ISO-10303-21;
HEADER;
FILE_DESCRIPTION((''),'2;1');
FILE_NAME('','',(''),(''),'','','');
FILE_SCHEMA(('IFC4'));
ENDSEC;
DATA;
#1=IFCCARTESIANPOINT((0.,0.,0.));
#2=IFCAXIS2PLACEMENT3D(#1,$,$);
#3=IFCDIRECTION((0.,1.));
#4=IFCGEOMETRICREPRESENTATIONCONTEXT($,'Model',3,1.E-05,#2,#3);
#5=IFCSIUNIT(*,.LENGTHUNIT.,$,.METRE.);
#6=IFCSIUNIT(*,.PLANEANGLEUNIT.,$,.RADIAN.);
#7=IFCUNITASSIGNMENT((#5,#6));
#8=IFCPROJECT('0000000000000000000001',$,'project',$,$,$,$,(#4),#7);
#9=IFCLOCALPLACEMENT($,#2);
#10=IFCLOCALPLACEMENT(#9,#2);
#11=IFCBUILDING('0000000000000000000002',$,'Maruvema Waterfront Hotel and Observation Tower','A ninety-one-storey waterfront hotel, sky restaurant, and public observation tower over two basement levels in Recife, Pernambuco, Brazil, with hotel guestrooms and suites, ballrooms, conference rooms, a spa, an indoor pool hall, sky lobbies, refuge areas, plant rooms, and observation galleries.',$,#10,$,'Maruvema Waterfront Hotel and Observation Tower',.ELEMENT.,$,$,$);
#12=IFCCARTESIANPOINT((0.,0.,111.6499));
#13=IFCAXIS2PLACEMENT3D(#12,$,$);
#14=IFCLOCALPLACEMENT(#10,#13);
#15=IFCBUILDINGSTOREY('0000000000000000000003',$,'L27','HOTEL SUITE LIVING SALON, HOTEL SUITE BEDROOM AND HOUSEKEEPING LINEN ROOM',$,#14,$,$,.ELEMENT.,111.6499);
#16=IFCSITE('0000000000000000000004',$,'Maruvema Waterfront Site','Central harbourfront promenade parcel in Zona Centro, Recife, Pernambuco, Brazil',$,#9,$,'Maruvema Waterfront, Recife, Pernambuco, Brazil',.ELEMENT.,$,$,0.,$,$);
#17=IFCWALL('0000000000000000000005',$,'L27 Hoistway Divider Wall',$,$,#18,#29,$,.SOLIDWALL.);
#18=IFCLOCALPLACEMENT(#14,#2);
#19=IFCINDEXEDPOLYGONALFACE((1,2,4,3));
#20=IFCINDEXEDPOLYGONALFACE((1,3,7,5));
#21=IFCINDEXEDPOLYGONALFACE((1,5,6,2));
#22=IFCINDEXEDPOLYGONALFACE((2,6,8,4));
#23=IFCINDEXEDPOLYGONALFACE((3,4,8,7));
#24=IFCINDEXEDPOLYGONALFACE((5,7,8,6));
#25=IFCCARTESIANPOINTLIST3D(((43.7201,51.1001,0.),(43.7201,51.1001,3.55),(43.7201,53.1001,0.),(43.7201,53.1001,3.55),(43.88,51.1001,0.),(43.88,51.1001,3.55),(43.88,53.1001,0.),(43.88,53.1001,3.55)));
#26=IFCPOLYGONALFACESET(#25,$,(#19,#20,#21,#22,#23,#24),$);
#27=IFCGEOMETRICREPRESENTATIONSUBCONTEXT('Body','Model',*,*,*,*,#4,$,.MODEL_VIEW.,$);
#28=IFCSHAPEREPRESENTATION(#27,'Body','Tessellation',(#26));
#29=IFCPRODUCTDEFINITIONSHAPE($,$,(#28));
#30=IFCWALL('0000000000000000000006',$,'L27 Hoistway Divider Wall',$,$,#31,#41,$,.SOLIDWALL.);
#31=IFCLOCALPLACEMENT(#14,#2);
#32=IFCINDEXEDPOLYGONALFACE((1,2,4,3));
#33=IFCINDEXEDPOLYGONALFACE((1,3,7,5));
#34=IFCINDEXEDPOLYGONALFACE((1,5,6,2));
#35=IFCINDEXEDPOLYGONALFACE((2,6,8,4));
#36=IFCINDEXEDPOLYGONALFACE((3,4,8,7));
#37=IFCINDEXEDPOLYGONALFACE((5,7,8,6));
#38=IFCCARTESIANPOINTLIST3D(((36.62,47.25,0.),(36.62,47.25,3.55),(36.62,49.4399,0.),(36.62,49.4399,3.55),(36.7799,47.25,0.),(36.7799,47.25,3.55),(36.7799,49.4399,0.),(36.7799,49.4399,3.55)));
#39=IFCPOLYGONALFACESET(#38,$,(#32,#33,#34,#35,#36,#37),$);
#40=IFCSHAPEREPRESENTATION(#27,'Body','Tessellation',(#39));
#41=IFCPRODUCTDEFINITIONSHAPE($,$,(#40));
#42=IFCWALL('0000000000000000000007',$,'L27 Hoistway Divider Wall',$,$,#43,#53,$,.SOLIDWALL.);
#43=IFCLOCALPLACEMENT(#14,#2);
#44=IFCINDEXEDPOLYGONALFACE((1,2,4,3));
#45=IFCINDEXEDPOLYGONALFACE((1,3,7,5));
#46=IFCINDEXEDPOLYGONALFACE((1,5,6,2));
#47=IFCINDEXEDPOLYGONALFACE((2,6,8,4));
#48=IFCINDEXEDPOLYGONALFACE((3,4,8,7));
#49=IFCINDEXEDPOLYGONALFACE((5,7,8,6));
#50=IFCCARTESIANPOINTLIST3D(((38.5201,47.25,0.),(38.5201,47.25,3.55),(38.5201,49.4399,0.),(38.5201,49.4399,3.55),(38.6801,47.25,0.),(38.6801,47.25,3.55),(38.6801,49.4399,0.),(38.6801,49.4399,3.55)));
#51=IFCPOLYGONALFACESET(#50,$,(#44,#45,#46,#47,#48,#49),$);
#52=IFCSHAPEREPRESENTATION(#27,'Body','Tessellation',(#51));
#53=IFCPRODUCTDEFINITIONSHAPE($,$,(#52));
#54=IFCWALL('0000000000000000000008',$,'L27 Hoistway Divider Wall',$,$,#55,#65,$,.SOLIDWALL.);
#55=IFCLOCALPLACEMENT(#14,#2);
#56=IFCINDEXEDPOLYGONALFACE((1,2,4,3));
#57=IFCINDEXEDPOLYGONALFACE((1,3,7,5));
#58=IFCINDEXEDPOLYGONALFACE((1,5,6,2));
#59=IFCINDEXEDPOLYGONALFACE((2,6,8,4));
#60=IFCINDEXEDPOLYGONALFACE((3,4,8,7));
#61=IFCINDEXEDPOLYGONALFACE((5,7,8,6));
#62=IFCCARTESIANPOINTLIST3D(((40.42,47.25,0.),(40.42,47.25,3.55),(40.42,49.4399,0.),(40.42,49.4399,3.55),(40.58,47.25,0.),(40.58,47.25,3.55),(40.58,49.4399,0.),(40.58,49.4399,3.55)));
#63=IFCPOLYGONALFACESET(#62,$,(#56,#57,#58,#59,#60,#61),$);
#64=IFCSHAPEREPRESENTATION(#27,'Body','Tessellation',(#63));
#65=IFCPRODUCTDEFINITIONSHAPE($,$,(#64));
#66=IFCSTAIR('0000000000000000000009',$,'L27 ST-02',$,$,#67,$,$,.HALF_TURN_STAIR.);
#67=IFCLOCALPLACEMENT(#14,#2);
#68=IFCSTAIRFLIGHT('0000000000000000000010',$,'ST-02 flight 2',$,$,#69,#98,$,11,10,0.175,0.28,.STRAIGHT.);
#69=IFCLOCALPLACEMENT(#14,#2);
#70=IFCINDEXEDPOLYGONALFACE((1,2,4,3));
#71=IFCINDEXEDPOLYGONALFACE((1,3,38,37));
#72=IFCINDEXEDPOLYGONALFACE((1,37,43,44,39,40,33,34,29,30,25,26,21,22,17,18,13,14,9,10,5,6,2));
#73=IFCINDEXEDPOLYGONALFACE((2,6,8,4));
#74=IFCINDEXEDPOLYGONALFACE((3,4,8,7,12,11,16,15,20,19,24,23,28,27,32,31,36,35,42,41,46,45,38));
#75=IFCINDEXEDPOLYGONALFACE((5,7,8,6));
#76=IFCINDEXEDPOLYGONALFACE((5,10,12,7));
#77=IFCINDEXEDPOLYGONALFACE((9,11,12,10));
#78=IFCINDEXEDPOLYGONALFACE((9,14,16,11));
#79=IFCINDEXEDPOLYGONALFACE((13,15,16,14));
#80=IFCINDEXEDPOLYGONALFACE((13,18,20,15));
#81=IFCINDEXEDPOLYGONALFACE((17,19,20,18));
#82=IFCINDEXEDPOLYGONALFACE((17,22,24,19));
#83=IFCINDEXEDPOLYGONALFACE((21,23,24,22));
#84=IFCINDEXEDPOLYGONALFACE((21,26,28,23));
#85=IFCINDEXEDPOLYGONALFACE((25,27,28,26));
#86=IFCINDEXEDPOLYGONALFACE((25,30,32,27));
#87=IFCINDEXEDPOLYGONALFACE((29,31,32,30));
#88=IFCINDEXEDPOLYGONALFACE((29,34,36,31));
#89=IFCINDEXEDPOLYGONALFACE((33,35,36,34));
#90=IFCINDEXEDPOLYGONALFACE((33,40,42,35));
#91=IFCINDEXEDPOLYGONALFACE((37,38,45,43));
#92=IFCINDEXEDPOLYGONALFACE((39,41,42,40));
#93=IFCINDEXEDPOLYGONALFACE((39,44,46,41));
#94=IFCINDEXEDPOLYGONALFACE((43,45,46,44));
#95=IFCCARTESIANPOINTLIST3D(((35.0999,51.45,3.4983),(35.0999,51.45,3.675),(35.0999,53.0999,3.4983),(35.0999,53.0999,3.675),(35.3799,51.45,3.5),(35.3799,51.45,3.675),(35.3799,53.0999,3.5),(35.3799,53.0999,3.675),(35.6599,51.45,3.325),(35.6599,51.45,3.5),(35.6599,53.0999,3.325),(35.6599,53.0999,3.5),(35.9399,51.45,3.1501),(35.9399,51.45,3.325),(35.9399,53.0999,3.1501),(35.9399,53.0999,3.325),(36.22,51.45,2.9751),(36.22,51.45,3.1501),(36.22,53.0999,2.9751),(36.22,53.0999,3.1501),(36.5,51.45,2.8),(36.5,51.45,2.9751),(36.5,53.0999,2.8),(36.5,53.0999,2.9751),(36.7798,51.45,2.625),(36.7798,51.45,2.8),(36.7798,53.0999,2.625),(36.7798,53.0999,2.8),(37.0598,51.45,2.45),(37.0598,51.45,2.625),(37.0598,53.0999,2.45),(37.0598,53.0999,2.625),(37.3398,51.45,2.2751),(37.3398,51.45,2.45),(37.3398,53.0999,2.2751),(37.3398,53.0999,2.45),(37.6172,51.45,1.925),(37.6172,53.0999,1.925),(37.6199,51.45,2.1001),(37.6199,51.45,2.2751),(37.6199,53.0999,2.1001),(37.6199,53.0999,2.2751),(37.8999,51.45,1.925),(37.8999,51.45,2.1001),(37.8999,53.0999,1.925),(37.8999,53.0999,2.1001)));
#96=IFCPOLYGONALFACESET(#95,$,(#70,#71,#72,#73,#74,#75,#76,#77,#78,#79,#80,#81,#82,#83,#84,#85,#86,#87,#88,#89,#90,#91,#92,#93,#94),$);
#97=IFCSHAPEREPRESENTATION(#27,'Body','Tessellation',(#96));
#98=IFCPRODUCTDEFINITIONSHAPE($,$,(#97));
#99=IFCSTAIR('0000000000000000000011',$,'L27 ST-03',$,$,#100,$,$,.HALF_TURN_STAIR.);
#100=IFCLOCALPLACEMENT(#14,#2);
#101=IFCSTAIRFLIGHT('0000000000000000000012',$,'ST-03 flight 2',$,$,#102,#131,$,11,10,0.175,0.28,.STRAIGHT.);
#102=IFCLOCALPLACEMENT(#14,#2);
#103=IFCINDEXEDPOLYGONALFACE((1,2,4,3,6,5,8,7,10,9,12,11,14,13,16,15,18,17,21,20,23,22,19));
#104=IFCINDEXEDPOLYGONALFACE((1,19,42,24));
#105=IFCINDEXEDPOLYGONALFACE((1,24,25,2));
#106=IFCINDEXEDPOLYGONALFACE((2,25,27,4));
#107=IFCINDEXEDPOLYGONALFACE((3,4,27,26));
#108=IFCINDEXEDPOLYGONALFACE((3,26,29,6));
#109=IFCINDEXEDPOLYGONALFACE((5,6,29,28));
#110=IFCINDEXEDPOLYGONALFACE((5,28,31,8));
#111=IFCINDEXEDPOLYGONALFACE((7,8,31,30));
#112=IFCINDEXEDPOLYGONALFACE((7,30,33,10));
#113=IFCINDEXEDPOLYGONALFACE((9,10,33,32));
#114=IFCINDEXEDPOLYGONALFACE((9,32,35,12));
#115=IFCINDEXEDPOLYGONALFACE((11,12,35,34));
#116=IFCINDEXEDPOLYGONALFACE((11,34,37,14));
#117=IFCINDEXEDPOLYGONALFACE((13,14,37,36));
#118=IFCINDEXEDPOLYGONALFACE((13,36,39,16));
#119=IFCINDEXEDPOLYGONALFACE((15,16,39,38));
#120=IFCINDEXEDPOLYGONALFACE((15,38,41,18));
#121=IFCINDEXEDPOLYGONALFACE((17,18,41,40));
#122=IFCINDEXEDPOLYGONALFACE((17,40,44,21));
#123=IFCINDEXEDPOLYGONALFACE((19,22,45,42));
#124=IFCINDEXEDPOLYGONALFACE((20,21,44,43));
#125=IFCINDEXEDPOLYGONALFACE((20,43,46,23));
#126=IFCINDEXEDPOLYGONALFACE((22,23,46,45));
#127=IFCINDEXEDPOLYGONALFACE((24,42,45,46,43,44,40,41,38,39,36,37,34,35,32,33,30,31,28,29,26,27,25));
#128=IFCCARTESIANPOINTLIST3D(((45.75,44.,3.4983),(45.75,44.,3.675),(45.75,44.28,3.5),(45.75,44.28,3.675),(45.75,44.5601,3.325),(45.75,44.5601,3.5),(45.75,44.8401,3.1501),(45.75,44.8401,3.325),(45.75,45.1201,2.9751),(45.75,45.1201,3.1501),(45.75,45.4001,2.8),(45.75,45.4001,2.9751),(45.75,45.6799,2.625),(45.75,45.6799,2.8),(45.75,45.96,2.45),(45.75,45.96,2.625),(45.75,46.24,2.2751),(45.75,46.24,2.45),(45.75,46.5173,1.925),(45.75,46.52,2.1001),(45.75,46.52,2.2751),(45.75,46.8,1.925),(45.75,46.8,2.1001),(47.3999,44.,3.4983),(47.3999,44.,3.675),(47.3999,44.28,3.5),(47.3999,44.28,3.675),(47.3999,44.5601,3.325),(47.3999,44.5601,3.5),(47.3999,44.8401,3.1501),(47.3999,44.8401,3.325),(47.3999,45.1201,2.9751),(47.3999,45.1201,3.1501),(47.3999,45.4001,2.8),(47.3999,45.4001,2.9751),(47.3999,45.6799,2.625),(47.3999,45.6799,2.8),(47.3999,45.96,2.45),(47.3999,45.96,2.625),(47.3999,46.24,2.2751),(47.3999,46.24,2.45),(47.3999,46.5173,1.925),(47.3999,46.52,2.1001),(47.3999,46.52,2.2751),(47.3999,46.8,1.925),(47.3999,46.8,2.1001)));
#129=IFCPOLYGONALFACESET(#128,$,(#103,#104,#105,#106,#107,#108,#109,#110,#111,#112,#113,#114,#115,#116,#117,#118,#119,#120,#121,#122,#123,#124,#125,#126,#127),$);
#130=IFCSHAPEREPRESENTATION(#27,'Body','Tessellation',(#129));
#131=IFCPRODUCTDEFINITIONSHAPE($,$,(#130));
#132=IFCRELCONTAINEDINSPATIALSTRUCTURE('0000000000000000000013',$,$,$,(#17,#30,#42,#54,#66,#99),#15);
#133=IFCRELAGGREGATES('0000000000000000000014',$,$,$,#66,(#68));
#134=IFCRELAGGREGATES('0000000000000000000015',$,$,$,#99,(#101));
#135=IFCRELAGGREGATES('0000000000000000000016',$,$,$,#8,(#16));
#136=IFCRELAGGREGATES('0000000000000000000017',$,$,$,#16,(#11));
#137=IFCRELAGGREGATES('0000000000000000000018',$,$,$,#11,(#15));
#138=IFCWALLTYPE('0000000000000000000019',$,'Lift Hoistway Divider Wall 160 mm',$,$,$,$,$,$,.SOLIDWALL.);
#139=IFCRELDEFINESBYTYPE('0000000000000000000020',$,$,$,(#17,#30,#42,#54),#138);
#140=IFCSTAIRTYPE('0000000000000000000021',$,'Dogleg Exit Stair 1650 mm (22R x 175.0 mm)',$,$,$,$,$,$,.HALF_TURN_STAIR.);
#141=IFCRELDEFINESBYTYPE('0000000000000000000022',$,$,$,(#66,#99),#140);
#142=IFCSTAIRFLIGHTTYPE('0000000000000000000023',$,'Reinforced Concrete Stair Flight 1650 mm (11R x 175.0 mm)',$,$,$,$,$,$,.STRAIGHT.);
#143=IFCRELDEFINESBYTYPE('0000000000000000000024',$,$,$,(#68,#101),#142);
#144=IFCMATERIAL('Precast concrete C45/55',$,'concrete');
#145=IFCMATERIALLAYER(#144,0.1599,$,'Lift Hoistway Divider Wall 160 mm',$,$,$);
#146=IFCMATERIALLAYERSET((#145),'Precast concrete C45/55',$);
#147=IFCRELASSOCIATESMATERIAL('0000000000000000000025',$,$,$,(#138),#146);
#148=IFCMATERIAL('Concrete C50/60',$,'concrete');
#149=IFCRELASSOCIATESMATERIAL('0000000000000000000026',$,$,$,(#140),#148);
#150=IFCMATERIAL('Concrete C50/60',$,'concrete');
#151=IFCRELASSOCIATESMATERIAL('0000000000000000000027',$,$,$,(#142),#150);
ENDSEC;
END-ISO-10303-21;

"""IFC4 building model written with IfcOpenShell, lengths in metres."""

from ifc_helpers import new_model, si_unit, direction, frame, frame_2d, origin, place, context, subcontext, project, spatial, polyline, rectangle, outline, extrude, material, layer, layer_set, type_object, element, aggregate, save


model = new_model("IFC4")

# Units and contexts
model_context = context("Model", 3, precision=1e-05, world=origin(), true_north=direction((0.0, 1.0)))
body_context = subcontext(model_context, "Body", "Model", "MODEL_VIEW")
ifc_project = project(units=[si_unit("LENGTHUNIT", "METRE"), si_unit("PLANEANGLEUNIT", "RADIAN")], contexts=[model_context])

# Site, building, storey
site_placement = place(None, origin())
site = spatial("IfcSite", under=ifc_project, at=site_placement, Name="Maruvema Waterfront Site", Description="Central harbourfront promenade parcel in Zona Centro, Recife, Pernambuco, Brazil", LongName="Maruvema Waterfront, Recife, Pernambuco, Brazil", CompositionType="ELEMENT", RefElevation=0.0)
building_placement = place(site_placement, origin())
building = spatial("IfcBuilding", under=site, at=building_placement, Name="Maruvema Waterfront Hotel and Observation Tower", Description="A ninety-one-storey waterfront hotel, sky restaurant, and public observation tower over two basement levels in Recife, Pernambuco, Brazil, with hotel guestrooms and suites, ballrooms, conference rooms, a spa, an indoor pool hall, sky lobbies, refuge areas, plant rooms, and observation galleries.", LongName="Maruvema Waterfront Hotel and Observation Tower", CompositionType="ELEMENT")
storey_placement = place(building_placement, frame((0.0, 0.0, 111.6499)))
storey = spatial("IfcBuildingStorey", under=building, at=storey_placement, Name="L27", Description="HOTEL SUITE LIVING SALON, HOTEL SUITE BEDROOM AND HOUSEKEEPING LINEN ROOM", CompositionType="ELEMENT", Elevation=111.6499)

# Walls
ifc_material_1 = material(Name="Precast concrete C45/55", Category="concrete")
ifc_layer_1 = layer(ifc_material_1, 0.1599, Name="Lift Hoistway Divider Wall 160 mm")
ifc_layer_set_1 = layer_set([ifc_layer_1], Name="Precast concrete C45/55")
wall_type_1 = type_object("IfcWallType", Name="Lift Hoistway Divider Wall 160 mm", PredefinedType="SOLIDWALL", material=ifc_layer_set_1)
wall_1_placement = place(storey_placement, frame((43.8, 51.1001, 0.0), z_axis=(0.0, 0.0, 1.0), x_axis=(0.0, 1.0, 0.0)))
element("IfcWall", 1, at=wall_1_placement, inside=storey, type_object=wall_type_1, Name="L27 Hoistway Divider Wall", PredefinedType="SOLIDWALL", context=body_context, shape_type="SweptSolid", body=[
    extrude(rectangle(XDim=2.0, YDim=0.1599, at=frame_2d((1.0, 0.0))), origin(), (0.0, 0.0, 1.0), 3.55),
])
for number, where, z_axis, x_axis, name in (
    (2, (36.7, 47.25, 0.0), (0.0, 0.0, 1.0), (0.0, 1.0, 0.0), "L27 Hoistway Divider Wall"),
    (3, (38.6001, 47.25, 0.0), (0.0, 0.0, 1.0), (0.0, 1.0, 0.0), "L27 Hoistway Divider Wall"),
    (4, (40.5, 47.25, 0.0), (0.0, 0.0, 1.0), (0.0, 1.0, 0.0), "L27 Hoistway Divider Wall"),
):
    element("IfcWall", number, at=place(storey_placement, frame(where, z_axis=z_axis, x_axis=x_axis)), inside=storey, type_object=wall_type_1, Name=name, PredefinedType="SOLIDWALL", context=body_context, shape_type="SweptSolid", body=[
        extrude(rectangle(XDim=2.1899, YDim=0.1599, at=frame_2d((1.095, 0.0))), origin(), (0.0, 0.0, 1.0), 3.55),
    ])

# Stairs, stair flights
ifc_material_2 = material(Name="Concrete C50/60", Category="concrete")
stair_type = type_object("IfcStairType", Name="Dogleg Exit Stair 1650 mm (22R x 175.0 mm)", PredefinedType="HALF_TURN_STAIR", material=ifc_material_2)
stair_1_placement = place(storey_placement, origin())
stair_1 = element("IfcStair", 5, at=stair_1_placement, inside=storey, type_object=stair_type, Name="L27 ST-02", PredefinedType="HALF_TURN_STAIR")
ifc_material_3 = material(Name="Concrete C50/60", Category="concrete")
stair_flight_type = type_object("IfcStairFlightType", Name="Reinforced Concrete Stair Flight 1650 mm (11R x 175.0 mm)", PredefinedType="STRAIGHT", material=ifc_material_3)
stair_flight_1_placement = place(storey_placement, frame((37.8999, 52.2749, 1.925), z_axis=(0.0, 0.0, 1.0), x_axis=(-1.0, 0.0, 0.0)))
stair_flight_1 = element("IfcStairFlight", 6, at=stair_flight_1_placement, type_object=stair_flight_type, Name="ST-02 flight 2", NumberOfRisers=11, NumberOfTreads=10, PredefinedType="STRAIGHT", RiserHeight=0.175, TreadLength=0.28, context=body_context, shape_type="SweptSolid", body=[
    extrude(outline(polyline([(0.0, 0.0), (0.0, 0.175), (0.28, 0.175), (0.28, 0.3501), (0.5601, 0.3501), (0.5601, 0.5249), (0.8401, 0.5249), (0.8401, 0.7), (1.1201, 0.7), (1.1201, 0.875), (1.3999, 0.875), (1.3999, 1.05), (1.6799, 1.05), (1.6799, 1.2251), (1.96, 1.2251), (1.96, 1.3999), (2.24, 1.3999), (2.24, 1.575), (2.52, 1.575), (2.52, 1.75), (2.8, 1.75), (2.8, 1.925), (2.8, 1.5732), (0.2827, 0.0), (0.0, 0.0)])), frame((0.0, 0.825, 0.0), z_axis=(0.0, -1.0, 0.0), x_axis=(1.0, 0.0, 0.0)), (0.0, 0.0, 1.0), 1.6499),
])
aggregate(stair_1, [stair_flight_1])
stair_2_placement = place(storey_placement, origin())
stair_2 = element("IfcStair", 7, at=stair_2_placement, inside=storey, type_object=stair_type, Name="L27 ST-03", PredefinedType="HALF_TURN_STAIR")
stair_flight_2_placement = place(storey_placement, frame((46.575, 46.8, 1.925), z_axis=(0.0, 0.0, 1.0), x_axis=(0.0, -1.0, 0.0)))
stair_flight_2 = element("IfcStairFlight", 8, at=stair_flight_2_placement, type_object=stair_flight_type, Name="ST-03 flight 2", NumberOfRisers=11, NumberOfTreads=10, PredefinedType="STRAIGHT", RiserHeight=0.175, TreadLength=0.28, context=body_context, shape_type="SweptSolid", body=[
    extrude(outline(polyline([(0.0, 0.0), (0.0, 0.175), (0.28, 0.175), (0.28, 0.3501), (0.5601, 0.3501), (0.5601, 0.5249), (0.8401, 0.5249), (0.8401, 0.7), (1.1201, 0.7), (1.1201, 0.875), (1.3999, 0.875), (1.3999, 1.05), (1.6799, 1.05), (1.6799, 1.2251), (1.96, 1.2251), (1.96, 1.3999), (2.24, 1.3999), (2.24, 1.575), (2.52, 1.575), (2.52, 1.75), (2.8, 1.75), (2.8, 1.925), (2.8, 1.5732), (0.2827, 0.0), (0.0, 0.0)])), frame((0.0, 0.825, 0.0), z_axis=(0.0, -1.0, 0.0), x_axis=(1.0, 0.0, 0.0)), (0.0, 0.0, 1.0), 1.6499),
])
aggregate(stair_2, [stair_flight_2])

save(model, "model.ifc")
